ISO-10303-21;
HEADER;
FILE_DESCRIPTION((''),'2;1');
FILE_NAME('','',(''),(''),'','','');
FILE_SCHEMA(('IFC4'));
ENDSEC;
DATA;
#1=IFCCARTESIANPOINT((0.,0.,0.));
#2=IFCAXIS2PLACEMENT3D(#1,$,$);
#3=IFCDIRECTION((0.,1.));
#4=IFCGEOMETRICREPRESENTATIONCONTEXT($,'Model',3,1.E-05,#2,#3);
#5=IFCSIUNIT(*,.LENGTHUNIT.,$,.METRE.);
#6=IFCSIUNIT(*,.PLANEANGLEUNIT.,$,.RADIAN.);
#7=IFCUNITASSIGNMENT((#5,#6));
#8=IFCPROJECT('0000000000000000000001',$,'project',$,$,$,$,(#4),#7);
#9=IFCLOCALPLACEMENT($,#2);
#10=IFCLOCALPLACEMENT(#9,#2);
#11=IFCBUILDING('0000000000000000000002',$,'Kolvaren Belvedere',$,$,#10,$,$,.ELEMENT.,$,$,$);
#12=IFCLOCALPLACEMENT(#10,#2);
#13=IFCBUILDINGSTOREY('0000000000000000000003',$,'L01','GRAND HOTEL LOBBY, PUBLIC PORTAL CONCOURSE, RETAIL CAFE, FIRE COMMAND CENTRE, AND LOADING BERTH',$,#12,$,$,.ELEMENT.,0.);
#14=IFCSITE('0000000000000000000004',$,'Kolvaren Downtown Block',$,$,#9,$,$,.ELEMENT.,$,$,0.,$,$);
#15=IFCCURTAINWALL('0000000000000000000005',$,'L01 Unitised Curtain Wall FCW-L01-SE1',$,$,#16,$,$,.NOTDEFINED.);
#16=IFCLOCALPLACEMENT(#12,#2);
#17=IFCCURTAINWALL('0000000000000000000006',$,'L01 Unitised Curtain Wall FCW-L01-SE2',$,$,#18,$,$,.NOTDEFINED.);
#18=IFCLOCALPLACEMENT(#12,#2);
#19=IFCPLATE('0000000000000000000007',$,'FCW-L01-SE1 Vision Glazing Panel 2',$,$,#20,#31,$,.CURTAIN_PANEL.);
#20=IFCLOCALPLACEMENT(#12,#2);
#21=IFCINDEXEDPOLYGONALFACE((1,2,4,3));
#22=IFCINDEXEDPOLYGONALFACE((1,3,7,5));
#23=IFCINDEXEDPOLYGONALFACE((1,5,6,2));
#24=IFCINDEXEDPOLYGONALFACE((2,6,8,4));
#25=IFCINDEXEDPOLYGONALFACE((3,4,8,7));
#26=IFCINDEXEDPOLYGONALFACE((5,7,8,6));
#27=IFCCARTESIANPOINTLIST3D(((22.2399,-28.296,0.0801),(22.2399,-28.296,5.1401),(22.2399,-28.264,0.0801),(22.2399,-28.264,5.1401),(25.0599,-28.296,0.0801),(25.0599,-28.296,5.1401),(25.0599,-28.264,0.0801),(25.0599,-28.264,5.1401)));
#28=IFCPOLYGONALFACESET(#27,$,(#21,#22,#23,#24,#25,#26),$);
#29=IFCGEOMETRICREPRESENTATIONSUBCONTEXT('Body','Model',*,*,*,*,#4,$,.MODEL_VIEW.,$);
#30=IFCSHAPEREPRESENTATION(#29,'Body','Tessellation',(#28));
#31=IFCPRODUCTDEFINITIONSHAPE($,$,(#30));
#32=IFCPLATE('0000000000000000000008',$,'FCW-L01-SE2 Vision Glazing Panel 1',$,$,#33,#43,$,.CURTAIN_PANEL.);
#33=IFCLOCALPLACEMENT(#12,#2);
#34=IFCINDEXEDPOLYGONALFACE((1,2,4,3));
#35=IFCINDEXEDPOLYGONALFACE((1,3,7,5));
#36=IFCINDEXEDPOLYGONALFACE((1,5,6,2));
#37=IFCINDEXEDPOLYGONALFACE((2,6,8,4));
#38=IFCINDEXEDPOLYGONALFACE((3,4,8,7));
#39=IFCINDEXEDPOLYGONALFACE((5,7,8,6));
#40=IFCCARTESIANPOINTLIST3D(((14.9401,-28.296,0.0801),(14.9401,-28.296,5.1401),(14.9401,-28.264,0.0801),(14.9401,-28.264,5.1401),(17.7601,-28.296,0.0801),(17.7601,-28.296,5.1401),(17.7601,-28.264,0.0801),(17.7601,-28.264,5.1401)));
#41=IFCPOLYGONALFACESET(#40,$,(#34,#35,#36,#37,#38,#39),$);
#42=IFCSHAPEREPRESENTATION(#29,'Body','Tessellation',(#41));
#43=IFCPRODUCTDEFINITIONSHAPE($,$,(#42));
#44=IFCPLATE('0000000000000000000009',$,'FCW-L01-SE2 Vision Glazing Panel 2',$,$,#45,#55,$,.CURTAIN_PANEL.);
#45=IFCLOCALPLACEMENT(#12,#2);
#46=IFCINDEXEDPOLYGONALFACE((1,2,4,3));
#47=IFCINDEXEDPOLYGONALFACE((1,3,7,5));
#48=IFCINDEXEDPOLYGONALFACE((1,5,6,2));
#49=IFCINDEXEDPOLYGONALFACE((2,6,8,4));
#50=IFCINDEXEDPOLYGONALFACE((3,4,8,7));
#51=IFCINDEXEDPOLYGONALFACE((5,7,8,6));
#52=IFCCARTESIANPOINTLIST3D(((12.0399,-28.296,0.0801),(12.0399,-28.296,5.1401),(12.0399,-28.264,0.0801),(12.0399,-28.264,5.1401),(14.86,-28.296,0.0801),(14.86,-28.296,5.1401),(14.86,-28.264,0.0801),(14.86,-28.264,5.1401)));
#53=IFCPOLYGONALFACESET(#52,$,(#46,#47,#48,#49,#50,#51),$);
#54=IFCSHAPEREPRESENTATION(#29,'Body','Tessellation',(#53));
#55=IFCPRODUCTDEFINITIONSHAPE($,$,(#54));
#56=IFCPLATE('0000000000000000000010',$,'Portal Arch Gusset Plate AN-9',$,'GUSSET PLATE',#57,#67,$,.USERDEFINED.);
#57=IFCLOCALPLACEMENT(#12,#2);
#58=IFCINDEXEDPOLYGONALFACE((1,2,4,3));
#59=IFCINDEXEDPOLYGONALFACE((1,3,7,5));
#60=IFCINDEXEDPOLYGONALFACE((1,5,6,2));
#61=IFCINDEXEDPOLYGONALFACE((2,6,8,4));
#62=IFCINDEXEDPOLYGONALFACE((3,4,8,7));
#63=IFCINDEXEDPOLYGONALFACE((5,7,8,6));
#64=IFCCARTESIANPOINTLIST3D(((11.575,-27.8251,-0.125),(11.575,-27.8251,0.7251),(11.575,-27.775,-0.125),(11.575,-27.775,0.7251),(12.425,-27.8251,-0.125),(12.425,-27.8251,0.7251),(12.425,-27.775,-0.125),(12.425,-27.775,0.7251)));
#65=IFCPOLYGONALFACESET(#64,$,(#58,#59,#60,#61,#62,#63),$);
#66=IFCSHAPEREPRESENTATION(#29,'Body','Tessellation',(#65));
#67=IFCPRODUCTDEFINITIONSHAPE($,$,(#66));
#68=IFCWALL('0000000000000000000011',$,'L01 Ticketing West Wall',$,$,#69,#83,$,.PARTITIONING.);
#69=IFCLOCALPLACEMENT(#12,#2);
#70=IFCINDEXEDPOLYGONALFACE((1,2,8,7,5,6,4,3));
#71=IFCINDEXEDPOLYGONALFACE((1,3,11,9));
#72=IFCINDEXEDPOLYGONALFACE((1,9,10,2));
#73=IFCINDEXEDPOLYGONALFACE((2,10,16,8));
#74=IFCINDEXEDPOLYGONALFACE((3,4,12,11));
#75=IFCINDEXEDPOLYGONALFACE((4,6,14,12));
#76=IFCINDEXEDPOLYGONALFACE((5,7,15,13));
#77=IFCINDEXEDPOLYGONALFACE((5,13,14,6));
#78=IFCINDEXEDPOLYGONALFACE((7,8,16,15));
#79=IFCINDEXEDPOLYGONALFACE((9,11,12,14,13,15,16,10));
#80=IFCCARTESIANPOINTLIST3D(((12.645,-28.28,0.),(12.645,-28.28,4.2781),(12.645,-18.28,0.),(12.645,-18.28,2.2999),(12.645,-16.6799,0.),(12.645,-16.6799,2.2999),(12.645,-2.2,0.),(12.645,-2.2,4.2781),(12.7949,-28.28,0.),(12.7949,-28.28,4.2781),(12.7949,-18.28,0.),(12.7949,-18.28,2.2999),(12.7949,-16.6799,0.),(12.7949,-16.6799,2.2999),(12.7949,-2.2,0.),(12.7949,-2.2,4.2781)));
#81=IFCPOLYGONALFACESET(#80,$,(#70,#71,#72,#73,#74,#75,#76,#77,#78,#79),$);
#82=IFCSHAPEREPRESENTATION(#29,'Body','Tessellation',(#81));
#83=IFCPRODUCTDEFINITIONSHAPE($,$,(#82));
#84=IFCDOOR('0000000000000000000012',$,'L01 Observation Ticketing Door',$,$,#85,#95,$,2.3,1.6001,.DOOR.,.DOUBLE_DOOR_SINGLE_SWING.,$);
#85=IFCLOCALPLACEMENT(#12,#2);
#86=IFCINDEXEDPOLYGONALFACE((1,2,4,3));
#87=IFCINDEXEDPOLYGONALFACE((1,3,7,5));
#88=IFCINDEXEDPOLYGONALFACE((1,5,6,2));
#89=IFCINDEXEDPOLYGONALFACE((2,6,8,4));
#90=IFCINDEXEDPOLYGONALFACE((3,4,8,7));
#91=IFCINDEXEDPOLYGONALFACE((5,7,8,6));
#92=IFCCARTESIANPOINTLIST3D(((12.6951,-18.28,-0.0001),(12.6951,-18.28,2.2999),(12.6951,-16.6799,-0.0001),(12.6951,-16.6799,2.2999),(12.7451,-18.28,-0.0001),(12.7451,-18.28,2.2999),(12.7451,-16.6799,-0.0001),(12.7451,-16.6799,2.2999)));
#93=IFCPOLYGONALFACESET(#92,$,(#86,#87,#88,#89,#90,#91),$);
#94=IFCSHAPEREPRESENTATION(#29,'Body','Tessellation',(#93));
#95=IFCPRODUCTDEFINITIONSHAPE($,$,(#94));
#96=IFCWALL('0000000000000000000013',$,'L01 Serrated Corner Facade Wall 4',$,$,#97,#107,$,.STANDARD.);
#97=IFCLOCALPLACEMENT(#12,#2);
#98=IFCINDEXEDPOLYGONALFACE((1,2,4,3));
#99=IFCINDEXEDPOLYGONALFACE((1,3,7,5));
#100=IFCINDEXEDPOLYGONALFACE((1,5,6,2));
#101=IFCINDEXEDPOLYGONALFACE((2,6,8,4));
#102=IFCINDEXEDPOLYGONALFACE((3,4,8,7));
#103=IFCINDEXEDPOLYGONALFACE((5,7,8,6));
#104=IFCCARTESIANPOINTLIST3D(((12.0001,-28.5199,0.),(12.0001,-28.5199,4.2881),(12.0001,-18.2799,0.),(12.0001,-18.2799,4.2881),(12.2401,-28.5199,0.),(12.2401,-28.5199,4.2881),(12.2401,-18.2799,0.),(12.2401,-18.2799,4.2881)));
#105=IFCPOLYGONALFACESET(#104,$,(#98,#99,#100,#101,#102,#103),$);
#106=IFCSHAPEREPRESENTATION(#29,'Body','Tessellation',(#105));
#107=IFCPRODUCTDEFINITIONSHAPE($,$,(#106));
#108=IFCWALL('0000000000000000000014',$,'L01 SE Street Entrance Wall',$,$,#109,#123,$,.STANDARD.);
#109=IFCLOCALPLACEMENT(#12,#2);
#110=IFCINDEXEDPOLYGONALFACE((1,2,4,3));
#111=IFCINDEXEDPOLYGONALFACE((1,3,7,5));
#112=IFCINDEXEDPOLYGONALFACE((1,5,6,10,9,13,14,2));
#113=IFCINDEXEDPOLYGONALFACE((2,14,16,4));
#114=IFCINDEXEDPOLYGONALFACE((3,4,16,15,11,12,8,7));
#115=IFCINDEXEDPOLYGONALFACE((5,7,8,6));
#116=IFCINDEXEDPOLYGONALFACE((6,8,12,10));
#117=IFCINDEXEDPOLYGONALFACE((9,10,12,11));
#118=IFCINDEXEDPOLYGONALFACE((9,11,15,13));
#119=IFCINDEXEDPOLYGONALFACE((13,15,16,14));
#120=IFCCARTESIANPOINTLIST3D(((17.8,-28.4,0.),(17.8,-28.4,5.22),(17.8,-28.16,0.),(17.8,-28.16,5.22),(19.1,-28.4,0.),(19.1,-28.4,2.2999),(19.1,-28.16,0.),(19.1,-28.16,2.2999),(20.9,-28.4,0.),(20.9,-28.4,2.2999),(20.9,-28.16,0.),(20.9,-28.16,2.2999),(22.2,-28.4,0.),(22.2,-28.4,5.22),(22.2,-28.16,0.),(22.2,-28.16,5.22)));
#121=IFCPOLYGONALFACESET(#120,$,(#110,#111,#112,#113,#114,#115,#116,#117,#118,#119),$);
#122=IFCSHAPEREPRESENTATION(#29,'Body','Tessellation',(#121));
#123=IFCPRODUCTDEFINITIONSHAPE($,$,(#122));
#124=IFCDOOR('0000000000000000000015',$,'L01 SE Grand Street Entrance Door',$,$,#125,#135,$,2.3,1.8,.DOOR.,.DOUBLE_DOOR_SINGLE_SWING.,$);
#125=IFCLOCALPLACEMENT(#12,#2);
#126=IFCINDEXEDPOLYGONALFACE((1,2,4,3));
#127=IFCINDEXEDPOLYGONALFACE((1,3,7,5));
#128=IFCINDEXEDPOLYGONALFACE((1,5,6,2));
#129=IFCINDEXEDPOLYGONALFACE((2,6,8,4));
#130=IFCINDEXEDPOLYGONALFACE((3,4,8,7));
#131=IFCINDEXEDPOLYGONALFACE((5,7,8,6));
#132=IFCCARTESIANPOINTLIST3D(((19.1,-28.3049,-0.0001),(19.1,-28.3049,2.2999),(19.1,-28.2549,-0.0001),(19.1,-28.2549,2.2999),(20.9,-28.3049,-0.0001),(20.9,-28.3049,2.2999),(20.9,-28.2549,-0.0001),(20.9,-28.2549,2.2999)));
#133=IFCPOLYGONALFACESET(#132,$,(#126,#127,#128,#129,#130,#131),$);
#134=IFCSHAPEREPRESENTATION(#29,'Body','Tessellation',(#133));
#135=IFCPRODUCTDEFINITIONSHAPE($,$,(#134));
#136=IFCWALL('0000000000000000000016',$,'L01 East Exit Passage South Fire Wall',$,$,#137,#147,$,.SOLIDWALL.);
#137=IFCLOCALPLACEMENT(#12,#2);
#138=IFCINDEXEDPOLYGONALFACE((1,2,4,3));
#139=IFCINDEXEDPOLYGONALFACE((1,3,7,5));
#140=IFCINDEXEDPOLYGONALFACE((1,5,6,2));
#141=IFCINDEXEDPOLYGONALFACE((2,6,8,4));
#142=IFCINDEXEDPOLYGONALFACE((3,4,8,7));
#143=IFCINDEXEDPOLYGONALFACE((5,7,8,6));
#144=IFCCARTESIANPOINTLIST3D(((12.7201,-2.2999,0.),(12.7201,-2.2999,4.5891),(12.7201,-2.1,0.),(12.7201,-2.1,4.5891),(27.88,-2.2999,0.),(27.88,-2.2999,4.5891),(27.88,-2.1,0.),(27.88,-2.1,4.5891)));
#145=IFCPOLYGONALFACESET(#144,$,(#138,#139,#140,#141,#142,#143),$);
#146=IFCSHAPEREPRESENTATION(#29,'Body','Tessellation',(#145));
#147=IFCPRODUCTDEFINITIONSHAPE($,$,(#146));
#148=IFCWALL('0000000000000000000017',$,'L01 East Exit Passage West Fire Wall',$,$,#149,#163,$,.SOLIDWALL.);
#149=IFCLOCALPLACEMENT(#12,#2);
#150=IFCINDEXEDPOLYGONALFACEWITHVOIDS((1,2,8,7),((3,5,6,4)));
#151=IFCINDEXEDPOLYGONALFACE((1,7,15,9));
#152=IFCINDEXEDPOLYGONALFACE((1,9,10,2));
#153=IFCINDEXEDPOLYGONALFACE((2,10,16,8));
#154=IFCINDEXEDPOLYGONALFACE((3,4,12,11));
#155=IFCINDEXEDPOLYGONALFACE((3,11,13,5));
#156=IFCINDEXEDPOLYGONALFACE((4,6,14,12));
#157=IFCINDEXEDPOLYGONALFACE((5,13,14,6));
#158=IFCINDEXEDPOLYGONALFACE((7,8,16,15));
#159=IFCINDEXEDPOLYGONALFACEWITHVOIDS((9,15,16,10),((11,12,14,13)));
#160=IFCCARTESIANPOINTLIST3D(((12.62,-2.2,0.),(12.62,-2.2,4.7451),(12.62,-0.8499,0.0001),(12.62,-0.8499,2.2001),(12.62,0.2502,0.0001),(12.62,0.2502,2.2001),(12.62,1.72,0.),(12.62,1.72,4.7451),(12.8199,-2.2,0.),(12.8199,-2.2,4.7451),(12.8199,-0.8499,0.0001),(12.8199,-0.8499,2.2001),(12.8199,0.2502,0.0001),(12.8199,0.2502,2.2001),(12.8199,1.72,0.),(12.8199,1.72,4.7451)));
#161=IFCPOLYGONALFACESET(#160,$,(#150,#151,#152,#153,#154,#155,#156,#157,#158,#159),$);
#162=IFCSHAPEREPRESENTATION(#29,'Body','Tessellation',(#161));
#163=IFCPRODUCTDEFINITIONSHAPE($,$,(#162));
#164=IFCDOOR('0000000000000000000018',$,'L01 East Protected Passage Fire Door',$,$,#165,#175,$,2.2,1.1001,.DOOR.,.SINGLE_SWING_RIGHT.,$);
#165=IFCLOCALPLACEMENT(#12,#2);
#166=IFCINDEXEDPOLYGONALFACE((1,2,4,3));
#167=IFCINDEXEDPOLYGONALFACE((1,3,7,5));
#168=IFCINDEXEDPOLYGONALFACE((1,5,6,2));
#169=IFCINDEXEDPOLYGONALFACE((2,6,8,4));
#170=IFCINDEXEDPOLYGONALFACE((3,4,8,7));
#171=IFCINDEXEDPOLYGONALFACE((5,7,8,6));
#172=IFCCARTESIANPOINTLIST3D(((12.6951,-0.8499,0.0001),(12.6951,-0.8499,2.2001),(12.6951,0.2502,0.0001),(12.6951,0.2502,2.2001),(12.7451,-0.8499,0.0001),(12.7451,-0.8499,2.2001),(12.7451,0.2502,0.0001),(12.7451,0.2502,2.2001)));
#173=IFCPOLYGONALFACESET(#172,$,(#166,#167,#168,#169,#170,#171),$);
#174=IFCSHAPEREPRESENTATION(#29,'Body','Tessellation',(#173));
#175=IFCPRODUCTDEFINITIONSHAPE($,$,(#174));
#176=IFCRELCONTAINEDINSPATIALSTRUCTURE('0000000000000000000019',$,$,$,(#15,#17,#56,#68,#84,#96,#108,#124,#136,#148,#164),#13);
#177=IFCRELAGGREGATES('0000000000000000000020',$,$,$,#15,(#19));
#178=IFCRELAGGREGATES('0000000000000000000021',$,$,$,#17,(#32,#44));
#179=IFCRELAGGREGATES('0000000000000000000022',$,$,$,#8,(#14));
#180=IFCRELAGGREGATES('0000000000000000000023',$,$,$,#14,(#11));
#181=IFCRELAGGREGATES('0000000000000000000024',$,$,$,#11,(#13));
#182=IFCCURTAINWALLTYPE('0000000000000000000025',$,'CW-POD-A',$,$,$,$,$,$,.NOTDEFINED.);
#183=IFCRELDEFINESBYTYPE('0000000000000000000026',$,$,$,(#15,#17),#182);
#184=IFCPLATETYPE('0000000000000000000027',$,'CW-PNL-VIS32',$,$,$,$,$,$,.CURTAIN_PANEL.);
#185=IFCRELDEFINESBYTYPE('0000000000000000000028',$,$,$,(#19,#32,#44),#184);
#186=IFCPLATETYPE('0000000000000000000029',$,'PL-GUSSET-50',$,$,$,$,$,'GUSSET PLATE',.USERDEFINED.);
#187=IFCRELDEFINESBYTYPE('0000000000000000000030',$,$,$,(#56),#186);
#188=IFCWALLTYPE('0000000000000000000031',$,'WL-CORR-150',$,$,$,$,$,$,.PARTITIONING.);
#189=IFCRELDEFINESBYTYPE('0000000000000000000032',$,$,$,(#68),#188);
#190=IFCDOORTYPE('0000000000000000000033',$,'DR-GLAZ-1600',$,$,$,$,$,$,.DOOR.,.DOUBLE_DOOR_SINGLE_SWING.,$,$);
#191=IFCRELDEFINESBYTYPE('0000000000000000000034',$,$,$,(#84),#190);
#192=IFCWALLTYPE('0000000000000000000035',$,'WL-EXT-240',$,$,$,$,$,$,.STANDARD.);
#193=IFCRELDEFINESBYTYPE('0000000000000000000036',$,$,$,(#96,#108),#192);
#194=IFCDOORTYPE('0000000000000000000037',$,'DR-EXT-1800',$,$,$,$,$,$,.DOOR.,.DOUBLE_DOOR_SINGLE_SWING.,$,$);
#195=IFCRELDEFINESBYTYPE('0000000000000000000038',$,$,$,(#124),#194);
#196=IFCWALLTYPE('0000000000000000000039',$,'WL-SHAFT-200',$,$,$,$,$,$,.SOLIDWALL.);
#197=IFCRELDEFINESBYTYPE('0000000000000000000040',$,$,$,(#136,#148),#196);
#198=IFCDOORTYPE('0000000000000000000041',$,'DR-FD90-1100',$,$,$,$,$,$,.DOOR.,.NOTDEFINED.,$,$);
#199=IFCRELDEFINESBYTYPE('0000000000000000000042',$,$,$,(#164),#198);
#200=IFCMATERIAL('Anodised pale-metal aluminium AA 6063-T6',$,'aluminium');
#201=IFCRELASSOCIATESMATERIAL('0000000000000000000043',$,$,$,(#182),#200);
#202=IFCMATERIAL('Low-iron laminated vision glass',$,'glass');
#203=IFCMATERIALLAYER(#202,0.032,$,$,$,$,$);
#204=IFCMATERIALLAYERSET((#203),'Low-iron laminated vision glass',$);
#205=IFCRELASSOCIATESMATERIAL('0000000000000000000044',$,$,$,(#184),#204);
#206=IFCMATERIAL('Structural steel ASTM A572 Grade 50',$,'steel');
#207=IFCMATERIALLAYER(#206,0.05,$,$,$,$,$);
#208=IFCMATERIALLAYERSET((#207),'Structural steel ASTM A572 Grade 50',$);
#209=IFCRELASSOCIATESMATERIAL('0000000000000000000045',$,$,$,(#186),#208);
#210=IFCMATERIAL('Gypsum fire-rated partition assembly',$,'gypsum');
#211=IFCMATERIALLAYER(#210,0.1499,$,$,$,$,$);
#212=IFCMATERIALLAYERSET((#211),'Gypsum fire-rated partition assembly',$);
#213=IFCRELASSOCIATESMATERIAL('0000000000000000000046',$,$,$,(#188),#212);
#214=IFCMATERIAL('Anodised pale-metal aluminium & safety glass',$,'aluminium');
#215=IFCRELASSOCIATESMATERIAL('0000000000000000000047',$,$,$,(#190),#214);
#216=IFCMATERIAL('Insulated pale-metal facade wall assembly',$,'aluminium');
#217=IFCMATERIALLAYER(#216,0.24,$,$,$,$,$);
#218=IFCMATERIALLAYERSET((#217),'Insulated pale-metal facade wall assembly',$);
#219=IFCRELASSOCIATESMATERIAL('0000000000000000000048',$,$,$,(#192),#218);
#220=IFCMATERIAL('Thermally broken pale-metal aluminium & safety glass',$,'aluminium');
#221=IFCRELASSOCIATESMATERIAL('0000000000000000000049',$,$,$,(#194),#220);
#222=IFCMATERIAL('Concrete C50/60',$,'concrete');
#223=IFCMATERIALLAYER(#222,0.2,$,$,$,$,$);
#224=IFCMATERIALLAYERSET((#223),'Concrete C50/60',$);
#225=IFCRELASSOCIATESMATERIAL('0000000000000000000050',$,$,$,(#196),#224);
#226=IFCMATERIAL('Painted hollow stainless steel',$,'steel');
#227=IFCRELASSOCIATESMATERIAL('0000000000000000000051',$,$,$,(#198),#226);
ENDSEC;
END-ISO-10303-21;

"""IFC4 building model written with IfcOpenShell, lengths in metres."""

from ifc_helpers import new_model, si_unit, direction, frame, frame_2d, origin, origin_2d, place, context, subcontext, project, spatial, rectangle, extrude, material, layer, layer_set, type_object, element, fill, aggregate, save


model = new_model("IFC4")

# Units and contexts
model_context = context("Model", 3, precision=1e-05, world=origin(), true_north=direction((0.0, 1.0)))
body_context = subcontext(model_context, "Body", "Model", "MODEL_VIEW")
ifc_project = project(units=[si_unit("LENGTHUNIT", "METRE"), si_unit("PLANEANGLEUNIT", "RADIAN")], contexts=[model_context])

# Site, building, storey
site_placement = place(None, origin())
site = spatial("IfcSite", under=ifc_project, at=site_placement, Name="Kolvaren Downtown Block", CompositionType="ELEMENT", RefElevation=0.0)
building_placement = place(site_placement, origin())
building = spatial("IfcBuilding", under=site, at=building_placement, Name="Kolvaren Belvedere", CompositionType="ELEMENT")
storey_placement = place(building_placement, origin())
storey = spatial("IfcBuildingStorey", under=building, at=storey_placement, Name="L01", Description="GRAND HOTEL LOBBY, PUBLIC PORTAL CONCOURSE, RETAIL CAFE, FIRE COMMAND CENTRE, AND LOADING BERTH", CompositionType="ELEMENT", Elevation=0.0)

# Shared definitions
ifc_material_1 = material(Name="Anodised pale-metal aluminium AA 6063-T6", Category="aluminium")
curtain_wall_type = type_object("IfcCurtainWallType", Name="CW-POD-A", PredefinedType="NOTDEFINED", material=ifc_material_1)

# Curtain walls
curtain_wall_1_placement = place(storey_placement, origin())
curtain_wall_1 = element("IfcCurtainWall", 1, at=curtain_wall_1_placement, inside=storey, type_object=curtain_wall_type, Name="L01 Unitised Curtain Wall FCW-L01-SE1", PredefinedType="NOTDEFINED")
curtain_wall_2_placement = place(storey_placement, origin())
curtain_wall_2 = element("IfcCurtainWall", 2, at=curtain_wall_2_placement, inside=storey, type_object=curtain_wall_type, Name="L01 Unitised Curtain Wall FCW-L01-SE2", PredefinedType="NOTDEFINED")

# Plates
ifc_material_2 = material(Name="Low-iron laminated vision glass", Category="glass")
ifc_layer_1 = layer(ifc_material_2, 0.032)
ifc_layer_set_1 = layer_set([ifc_layer_1], Name="Low-iron laminated vision glass")
plate_type_1 = type_object("IfcPlateType", Name="CW-PNL-VIS32", PredefinedType="CURTAIN_PANEL", material=ifc_layer_set_1)
plate_1_placement = place(storey_placement, frame((23.6499, -28.28, 0.0801), z_axis=(0.0, 0.0, 1.0), x_axis=(-1.0, 0.0, 0.0)))
plate_1 = element("IfcPlate", 3, at=plate_1_placement, type_object=plate_type_1, Name="FCW-L01-SE1 Vision Glazing Panel 2", PredefinedType="CURTAIN_PANEL", context=body_context, shape_type="SweptSolid", body=[
    extrude(rectangle(XDim=2.8201, YDim=0.032, at=origin_2d()), origin(), (0.0, 0.0, 1.0), 5.0601),
])
aggregate(curtain_wall_1, [plate_1])
plate_2_placement = place(storey_placement, frame((16.3501, -28.28, 0.0801), z_axis=(0.0, 0.0, 1.0), x_axis=(-1.0, 0.0, 0.0)))
plate_2 = element("IfcPlate", 4, at=plate_2_placement, type_object=plate_type_1, Name="FCW-L01-SE2 Vision Glazing Panel 1", PredefinedType="CURTAIN_PANEL", context=body_context, shape_type="SweptSolid", body=[
    extrude(rectangle(XDim=2.8201, YDim=0.032, at=origin_2d()), origin(), (0.0, 0.0, 1.0), 5.0601),
])
plate_3_placement = place(storey_placement, frame((13.45, -28.28, 0.0801), z_axis=(0.0, 0.0, 1.0), x_axis=(-1.0, 0.0, 0.0)))
plate_3 = element("IfcPlate", 5, at=plate_3_placement, type_object=plate_type_1, Name="FCW-L01-SE2 Vision Glazing Panel 2", PredefinedType="CURTAIN_PANEL", context=body_context, shape_type="SweptSolid", body=[
    extrude(rectangle(XDim=2.8201, YDim=0.032, at=origin_2d()), origin(), (0.0, 0.0, 1.0), 5.0601),
])
aggregate(curtain_wall_2, [plate_2, plate_3])
ifc_material_3 = material(Name="Structural steel ASTM A572 Grade 50", Category="steel")
ifc_layer_2 = layer(ifc_material_3, 0.05)
ifc_layer_set_2 = layer_set([ifc_layer_2], Name="Structural steel ASTM A572 Grade 50")
plate_type_2 = type_object("IfcPlateType", Name="PL-GUSSET-50", ElementType="GUSSET PLATE", PredefinedType="USERDEFINED", material=ifc_layer_set_2)
plate_4_placement = place(storey_placement, frame((12.0, -27.8, -0.125), z_axis=(0.0, 0.0, 1.0), x_axis=(1.0, 0.0, 0.0)))
element("IfcPlate", 6, at=plate_4_placement, inside=storey, type_object=plate_type_2, Name="Portal Arch Gusset Plate AN-9", ObjectType="GUSSET PLATE", PredefinedType="USERDEFINED", context=body_context, shape_type="SweptSolid", body=[
    extrude(rectangle(XDim=0.8501, YDim=0.05, at=origin_2d()), origin(), (0.0, 0.0, 1.0), 0.8501),
])

# Wall, opening, door
ifc_material_4 = material(Name="Gypsum fire-rated partition assembly", Category="gypsum")
ifc_layer_3 = layer(ifc_material_4, 0.1499)
ifc_layer_set_3 = layer_set([ifc_layer_3], Name="Gypsum fire-rated partition assembly")
wall_type_1 = type_object("IfcWallType", Name="WL-CORR-150", PredefinedType="PARTITIONING", material=ifc_layer_set_3)
wall_1_placement = place(storey_placement, frame((12.72, -28.28, 0.0), z_axis=(0.0, 0.0, 1.0), x_axis=(0.0, 1.0, 0.0)))
wall_1 = element("IfcWall", 7, at=wall_1_placement, inside=storey, type_object=wall_type_1, Name="L01 Ticketing West Wall", PredefinedType="PARTITIONING", context=body_context, shape_type="SweptSolid", body=[
    extrude(rectangle(XDim=26.0801, YDim=0.1499, at=frame_2d((13.04, 0.0))), origin(), (0.0, 0.0, 1.0), 4.2781),
])
opening_1_placement = place(wall_1_placement, frame((10.0, 0.0, 0.0)))
opening_1 = element("IfcOpeningElement", 8, at=opening_1_placement, cuts=wall_1, PredefinedType="OPENING", context=body_context, shape_type="SweptSolid", body=[
    extrude(rectangle(XDim=1.6001, YDim=2.3, at=frame_2d((0.8, 1.1499))), frame((0.0, 0.085, 0.0), z_axis=(0.0, -1.0, 0.0), x_axis=(1.0, 0.0, 0.0)), (0.0, 0.0, 1.0), 0.1699),
])
ifc_material_5 = material(Name="Anodised pale-metal aluminium & safety glass", Category="aluminium")
door_type_1 = type_object("IfcDoorType", Name="DR-GLAZ-1600", OperationType="DOUBLE_DOOR_SINGLE_SWING", PredefinedType="DOOR", material=ifc_material_5)
door_1_placement = place(opening_1_placement, origin())
door_1 = element("IfcDoor", 9, at=door_1_placement, inside=storey, type_object=door_type_1, Name="L01 Observation Ticketing Door", OperationType="DOUBLE_DOOR_SINGLE_SWING", OverallHeight=2.3, OverallWidth=1.6001, PredefinedType="DOOR", context=body_context, shape_type="SweptSolid", body=[
    extrude(rectangle(XDim=1.6001, YDim=2.3, at=frame_2d((0.8, 1.1499))), frame((0.0, 0.0249, 0.0), z_axis=(0.0, -1.0, 0.0), x_axis=(1.0, 0.0, 0.0)), (0.0, 0.0, 1.0), 0.05),
])
fill(opening_1, door_1)

# Wall
ifc_material_6 = material(Name="Insulated pale-metal facade wall assembly", Category="aluminium")
ifc_layer_4 = layer(ifc_material_6, 0.24)
ifc_layer_set_4 = layer_set([ifc_layer_4], Name="Insulated pale-metal facade wall assembly")
wall_type_2 = type_object("IfcWallType", Name="WL-EXT-240", PredefinedType="STANDARD", material=ifc_layer_set_4)
wall_2_placement = place(storey_placement, frame((12.1201, -28.52, 0.0), z_axis=(0.0, 0.0, 1.0), x_axis=(0.0, 1.0, 0.0)))
element("IfcWall", 10, at=wall_2_placement, inside=storey, type_object=wall_type_2, Name="L01 Serrated Corner Facade Wall 4", PredefinedType="STANDARD", context=body_context, shape_type="SweptSolid", body=[
    extrude(rectangle(XDim=10.24, YDim=0.24, at=frame_2d((5.1201, 0.0))), origin(), (0.0, 0.0, 1.0), 4.2881),
])

# Wall, opening, door
wall_3_placement = place(storey_placement, frame((22.2, -28.28, 0.0), z_axis=(0.0, 0.0, 1.0), x_axis=(-1.0, 0.0, 0.0)))
wall_3 = element("IfcWall", 11, at=wall_3_placement, inside=storey, type_object=wall_type_2, Name="L01 SE Street Entrance Wall", PredefinedType="STANDARD", context=body_context, shape_type="SweptSolid", body=[
    extrude(rectangle(XDim=4.3999, YDim=0.24, at=frame_2d((2.2, 0.0))), origin(), (0.0, 0.0, 1.0), 5.22),
])
opening_2_placement = place(wall_3_placement, frame((1.3, 0.0, 0.0)))
opening_2 = element("IfcOpeningElement", 12, at=opening_2_placement, cuts=wall_3, PredefinedType="OPENING", context=body_context, shape_type="SweptSolid", body=[
    extrude(rectangle(XDim=1.8, YDim=2.3, at=frame_2d((0.8999, 1.1499))), frame((0.0, 0.1299, 0.0), z_axis=(0.0, -1.0, 0.0), x_axis=(1.0, 0.0, 0.0)), (0.0, 0.0, 1.0), 0.26),
])
ifc_material_7 = material(Name="Thermally broken pale-metal aluminium & safety glass", Category="aluminium")
door_type_2 = type_object("IfcDoorType", Name="DR-EXT-1800", OperationType="DOUBLE_DOOR_SINGLE_SWING", PredefinedType="DOOR", material=ifc_material_7)
door_2_placement = place(opening_2_placement, origin())
door_2 = element("IfcDoor", 13, at=door_2_placement, inside=storey, type_object=door_type_2, Name="L01 SE Grand Street Entrance Door", OperationType="DOUBLE_DOOR_SINGLE_SWING", OverallHeight=2.3, OverallWidth=1.8, PredefinedType="DOOR", context=body_context, shape_type="SweptSolid", body=[
    extrude(rectangle(XDim=1.8, YDim=2.3, at=frame_2d((0.8999, 1.1499))), frame((0.0, 0.0249, 0.0), z_axis=(0.0, -1.0, 0.0), x_axis=(1.0, 0.0, 0.0)), (0.0, 0.0, 1.0), 0.05),
])
fill(opening_2, door_2)

# Wall
ifc_material_8 = material(Name="Concrete C50/60", Category="concrete")
ifc_layer_5 = layer(ifc_material_8, 0.2)
ifc_layer_set_5 = layer_set([ifc_layer_5], Name="Concrete C50/60")
wall_type_3 = type_object("IfcWallType", Name="WL-SHAFT-200", PredefinedType="SOLIDWALL", material=ifc_layer_set_5)
wall_4_placement = place(storey_placement, frame((12.72, -2.2, 0.0), z_axis=(0.0, 0.0, 1.0), x_axis=(1.0, 0.0, 0.0)))
element("IfcWall", 14, at=wall_4_placement, inside=storey, type_object=wall_type_3, Name="L01 East Exit Passage South Fire Wall", PredefinedType="SOLIDWALL", context=body_context, shape_type="SweptSolid", body=[
    extrude(rectangle(XDim=15.1599, YDim=0.2, at=frame_2d((7.5801, 0.0))), origin(), (0.0, 0.0, 1.0), 4.5891),
])

# Wall, opening, door
wall_5_placement = place(storey_placement, frame((12.72, -2.2, 0.0), z_axis=(0.0, 0.0, 1.0), x_axis=(0.0, 1.0, 0.0)))
wall_5 = element("IfcWall", 15, at=wall_5_placement, inside=storey, type_object=wall_type_3, Name="L01 East Exit Passage West Fire Wall", PredefinedType="SOLIDWALL", context=body_context, shape_type="SweptSolid", body=[
    extrude(rectangle(XDim=3.9199, YDim=0.2, at=frame_2d((1.96, 0.0))), origin(), (0.0, 0.0, 1.0), 4.7451),
])
opening_3_placement = place(wall_5_placement, frame((1.3501, 0.0, 0.0)))
opening_3 = element("IfcOpeningElement", 16, at=opening_3_placement, cuts=wall_5, PredefinedType="OPENING", context=body_context, shape_type="SweptSolid", body=[
    extrude(rectangle(XDim=1.1001, YDim=2.2, at=frame_2d((0.55, 1.1001))), frame((0.0, 0.1099, 0.0), z_axis=(0.0, -1.0, 0.0), x_axis=(1.0, 0.0, 0.0)), (0.0, 0.0, 1.0), 0.22),
])
ifc_material_9 = material(Name="Painted hollow stainless steel", Category="steel")
door_type_3 = type_object("IfcDoorType", Name="DR-FD90-1100", OperationType="NOTDEFINED", PredefinedType="DOOR", material=ifc_material_9)
door_3_placement = place(opening_3_placement, origin())
door_3 = element("IfcDoor", 17, at=door_3_placement, inside=storey, type_object=door_type_3, Name="L01 East Protected Passage Fire Door", OperationType="SINGLE_SWING_RIGHT", OverallHeight=2.2, OverallWidth=1.1001, PredefinedType="DOOR", context=body_context, shape_type="SweptSolid", body=[
    extrude(rectangle(XDim=1.1001, YDim=2.2, at=frame_2d((0.55, 1.1001))), frame((0.0, 0.0249, 0.0), z_axis=(0.0, -1.0, 0.0), x_axis=(1.0, 0.0, 0.0)), (0.0, 0.0, 1.0), 0.05),
])
fill(opening_3, door_3)

save(model, "model.ifc")
